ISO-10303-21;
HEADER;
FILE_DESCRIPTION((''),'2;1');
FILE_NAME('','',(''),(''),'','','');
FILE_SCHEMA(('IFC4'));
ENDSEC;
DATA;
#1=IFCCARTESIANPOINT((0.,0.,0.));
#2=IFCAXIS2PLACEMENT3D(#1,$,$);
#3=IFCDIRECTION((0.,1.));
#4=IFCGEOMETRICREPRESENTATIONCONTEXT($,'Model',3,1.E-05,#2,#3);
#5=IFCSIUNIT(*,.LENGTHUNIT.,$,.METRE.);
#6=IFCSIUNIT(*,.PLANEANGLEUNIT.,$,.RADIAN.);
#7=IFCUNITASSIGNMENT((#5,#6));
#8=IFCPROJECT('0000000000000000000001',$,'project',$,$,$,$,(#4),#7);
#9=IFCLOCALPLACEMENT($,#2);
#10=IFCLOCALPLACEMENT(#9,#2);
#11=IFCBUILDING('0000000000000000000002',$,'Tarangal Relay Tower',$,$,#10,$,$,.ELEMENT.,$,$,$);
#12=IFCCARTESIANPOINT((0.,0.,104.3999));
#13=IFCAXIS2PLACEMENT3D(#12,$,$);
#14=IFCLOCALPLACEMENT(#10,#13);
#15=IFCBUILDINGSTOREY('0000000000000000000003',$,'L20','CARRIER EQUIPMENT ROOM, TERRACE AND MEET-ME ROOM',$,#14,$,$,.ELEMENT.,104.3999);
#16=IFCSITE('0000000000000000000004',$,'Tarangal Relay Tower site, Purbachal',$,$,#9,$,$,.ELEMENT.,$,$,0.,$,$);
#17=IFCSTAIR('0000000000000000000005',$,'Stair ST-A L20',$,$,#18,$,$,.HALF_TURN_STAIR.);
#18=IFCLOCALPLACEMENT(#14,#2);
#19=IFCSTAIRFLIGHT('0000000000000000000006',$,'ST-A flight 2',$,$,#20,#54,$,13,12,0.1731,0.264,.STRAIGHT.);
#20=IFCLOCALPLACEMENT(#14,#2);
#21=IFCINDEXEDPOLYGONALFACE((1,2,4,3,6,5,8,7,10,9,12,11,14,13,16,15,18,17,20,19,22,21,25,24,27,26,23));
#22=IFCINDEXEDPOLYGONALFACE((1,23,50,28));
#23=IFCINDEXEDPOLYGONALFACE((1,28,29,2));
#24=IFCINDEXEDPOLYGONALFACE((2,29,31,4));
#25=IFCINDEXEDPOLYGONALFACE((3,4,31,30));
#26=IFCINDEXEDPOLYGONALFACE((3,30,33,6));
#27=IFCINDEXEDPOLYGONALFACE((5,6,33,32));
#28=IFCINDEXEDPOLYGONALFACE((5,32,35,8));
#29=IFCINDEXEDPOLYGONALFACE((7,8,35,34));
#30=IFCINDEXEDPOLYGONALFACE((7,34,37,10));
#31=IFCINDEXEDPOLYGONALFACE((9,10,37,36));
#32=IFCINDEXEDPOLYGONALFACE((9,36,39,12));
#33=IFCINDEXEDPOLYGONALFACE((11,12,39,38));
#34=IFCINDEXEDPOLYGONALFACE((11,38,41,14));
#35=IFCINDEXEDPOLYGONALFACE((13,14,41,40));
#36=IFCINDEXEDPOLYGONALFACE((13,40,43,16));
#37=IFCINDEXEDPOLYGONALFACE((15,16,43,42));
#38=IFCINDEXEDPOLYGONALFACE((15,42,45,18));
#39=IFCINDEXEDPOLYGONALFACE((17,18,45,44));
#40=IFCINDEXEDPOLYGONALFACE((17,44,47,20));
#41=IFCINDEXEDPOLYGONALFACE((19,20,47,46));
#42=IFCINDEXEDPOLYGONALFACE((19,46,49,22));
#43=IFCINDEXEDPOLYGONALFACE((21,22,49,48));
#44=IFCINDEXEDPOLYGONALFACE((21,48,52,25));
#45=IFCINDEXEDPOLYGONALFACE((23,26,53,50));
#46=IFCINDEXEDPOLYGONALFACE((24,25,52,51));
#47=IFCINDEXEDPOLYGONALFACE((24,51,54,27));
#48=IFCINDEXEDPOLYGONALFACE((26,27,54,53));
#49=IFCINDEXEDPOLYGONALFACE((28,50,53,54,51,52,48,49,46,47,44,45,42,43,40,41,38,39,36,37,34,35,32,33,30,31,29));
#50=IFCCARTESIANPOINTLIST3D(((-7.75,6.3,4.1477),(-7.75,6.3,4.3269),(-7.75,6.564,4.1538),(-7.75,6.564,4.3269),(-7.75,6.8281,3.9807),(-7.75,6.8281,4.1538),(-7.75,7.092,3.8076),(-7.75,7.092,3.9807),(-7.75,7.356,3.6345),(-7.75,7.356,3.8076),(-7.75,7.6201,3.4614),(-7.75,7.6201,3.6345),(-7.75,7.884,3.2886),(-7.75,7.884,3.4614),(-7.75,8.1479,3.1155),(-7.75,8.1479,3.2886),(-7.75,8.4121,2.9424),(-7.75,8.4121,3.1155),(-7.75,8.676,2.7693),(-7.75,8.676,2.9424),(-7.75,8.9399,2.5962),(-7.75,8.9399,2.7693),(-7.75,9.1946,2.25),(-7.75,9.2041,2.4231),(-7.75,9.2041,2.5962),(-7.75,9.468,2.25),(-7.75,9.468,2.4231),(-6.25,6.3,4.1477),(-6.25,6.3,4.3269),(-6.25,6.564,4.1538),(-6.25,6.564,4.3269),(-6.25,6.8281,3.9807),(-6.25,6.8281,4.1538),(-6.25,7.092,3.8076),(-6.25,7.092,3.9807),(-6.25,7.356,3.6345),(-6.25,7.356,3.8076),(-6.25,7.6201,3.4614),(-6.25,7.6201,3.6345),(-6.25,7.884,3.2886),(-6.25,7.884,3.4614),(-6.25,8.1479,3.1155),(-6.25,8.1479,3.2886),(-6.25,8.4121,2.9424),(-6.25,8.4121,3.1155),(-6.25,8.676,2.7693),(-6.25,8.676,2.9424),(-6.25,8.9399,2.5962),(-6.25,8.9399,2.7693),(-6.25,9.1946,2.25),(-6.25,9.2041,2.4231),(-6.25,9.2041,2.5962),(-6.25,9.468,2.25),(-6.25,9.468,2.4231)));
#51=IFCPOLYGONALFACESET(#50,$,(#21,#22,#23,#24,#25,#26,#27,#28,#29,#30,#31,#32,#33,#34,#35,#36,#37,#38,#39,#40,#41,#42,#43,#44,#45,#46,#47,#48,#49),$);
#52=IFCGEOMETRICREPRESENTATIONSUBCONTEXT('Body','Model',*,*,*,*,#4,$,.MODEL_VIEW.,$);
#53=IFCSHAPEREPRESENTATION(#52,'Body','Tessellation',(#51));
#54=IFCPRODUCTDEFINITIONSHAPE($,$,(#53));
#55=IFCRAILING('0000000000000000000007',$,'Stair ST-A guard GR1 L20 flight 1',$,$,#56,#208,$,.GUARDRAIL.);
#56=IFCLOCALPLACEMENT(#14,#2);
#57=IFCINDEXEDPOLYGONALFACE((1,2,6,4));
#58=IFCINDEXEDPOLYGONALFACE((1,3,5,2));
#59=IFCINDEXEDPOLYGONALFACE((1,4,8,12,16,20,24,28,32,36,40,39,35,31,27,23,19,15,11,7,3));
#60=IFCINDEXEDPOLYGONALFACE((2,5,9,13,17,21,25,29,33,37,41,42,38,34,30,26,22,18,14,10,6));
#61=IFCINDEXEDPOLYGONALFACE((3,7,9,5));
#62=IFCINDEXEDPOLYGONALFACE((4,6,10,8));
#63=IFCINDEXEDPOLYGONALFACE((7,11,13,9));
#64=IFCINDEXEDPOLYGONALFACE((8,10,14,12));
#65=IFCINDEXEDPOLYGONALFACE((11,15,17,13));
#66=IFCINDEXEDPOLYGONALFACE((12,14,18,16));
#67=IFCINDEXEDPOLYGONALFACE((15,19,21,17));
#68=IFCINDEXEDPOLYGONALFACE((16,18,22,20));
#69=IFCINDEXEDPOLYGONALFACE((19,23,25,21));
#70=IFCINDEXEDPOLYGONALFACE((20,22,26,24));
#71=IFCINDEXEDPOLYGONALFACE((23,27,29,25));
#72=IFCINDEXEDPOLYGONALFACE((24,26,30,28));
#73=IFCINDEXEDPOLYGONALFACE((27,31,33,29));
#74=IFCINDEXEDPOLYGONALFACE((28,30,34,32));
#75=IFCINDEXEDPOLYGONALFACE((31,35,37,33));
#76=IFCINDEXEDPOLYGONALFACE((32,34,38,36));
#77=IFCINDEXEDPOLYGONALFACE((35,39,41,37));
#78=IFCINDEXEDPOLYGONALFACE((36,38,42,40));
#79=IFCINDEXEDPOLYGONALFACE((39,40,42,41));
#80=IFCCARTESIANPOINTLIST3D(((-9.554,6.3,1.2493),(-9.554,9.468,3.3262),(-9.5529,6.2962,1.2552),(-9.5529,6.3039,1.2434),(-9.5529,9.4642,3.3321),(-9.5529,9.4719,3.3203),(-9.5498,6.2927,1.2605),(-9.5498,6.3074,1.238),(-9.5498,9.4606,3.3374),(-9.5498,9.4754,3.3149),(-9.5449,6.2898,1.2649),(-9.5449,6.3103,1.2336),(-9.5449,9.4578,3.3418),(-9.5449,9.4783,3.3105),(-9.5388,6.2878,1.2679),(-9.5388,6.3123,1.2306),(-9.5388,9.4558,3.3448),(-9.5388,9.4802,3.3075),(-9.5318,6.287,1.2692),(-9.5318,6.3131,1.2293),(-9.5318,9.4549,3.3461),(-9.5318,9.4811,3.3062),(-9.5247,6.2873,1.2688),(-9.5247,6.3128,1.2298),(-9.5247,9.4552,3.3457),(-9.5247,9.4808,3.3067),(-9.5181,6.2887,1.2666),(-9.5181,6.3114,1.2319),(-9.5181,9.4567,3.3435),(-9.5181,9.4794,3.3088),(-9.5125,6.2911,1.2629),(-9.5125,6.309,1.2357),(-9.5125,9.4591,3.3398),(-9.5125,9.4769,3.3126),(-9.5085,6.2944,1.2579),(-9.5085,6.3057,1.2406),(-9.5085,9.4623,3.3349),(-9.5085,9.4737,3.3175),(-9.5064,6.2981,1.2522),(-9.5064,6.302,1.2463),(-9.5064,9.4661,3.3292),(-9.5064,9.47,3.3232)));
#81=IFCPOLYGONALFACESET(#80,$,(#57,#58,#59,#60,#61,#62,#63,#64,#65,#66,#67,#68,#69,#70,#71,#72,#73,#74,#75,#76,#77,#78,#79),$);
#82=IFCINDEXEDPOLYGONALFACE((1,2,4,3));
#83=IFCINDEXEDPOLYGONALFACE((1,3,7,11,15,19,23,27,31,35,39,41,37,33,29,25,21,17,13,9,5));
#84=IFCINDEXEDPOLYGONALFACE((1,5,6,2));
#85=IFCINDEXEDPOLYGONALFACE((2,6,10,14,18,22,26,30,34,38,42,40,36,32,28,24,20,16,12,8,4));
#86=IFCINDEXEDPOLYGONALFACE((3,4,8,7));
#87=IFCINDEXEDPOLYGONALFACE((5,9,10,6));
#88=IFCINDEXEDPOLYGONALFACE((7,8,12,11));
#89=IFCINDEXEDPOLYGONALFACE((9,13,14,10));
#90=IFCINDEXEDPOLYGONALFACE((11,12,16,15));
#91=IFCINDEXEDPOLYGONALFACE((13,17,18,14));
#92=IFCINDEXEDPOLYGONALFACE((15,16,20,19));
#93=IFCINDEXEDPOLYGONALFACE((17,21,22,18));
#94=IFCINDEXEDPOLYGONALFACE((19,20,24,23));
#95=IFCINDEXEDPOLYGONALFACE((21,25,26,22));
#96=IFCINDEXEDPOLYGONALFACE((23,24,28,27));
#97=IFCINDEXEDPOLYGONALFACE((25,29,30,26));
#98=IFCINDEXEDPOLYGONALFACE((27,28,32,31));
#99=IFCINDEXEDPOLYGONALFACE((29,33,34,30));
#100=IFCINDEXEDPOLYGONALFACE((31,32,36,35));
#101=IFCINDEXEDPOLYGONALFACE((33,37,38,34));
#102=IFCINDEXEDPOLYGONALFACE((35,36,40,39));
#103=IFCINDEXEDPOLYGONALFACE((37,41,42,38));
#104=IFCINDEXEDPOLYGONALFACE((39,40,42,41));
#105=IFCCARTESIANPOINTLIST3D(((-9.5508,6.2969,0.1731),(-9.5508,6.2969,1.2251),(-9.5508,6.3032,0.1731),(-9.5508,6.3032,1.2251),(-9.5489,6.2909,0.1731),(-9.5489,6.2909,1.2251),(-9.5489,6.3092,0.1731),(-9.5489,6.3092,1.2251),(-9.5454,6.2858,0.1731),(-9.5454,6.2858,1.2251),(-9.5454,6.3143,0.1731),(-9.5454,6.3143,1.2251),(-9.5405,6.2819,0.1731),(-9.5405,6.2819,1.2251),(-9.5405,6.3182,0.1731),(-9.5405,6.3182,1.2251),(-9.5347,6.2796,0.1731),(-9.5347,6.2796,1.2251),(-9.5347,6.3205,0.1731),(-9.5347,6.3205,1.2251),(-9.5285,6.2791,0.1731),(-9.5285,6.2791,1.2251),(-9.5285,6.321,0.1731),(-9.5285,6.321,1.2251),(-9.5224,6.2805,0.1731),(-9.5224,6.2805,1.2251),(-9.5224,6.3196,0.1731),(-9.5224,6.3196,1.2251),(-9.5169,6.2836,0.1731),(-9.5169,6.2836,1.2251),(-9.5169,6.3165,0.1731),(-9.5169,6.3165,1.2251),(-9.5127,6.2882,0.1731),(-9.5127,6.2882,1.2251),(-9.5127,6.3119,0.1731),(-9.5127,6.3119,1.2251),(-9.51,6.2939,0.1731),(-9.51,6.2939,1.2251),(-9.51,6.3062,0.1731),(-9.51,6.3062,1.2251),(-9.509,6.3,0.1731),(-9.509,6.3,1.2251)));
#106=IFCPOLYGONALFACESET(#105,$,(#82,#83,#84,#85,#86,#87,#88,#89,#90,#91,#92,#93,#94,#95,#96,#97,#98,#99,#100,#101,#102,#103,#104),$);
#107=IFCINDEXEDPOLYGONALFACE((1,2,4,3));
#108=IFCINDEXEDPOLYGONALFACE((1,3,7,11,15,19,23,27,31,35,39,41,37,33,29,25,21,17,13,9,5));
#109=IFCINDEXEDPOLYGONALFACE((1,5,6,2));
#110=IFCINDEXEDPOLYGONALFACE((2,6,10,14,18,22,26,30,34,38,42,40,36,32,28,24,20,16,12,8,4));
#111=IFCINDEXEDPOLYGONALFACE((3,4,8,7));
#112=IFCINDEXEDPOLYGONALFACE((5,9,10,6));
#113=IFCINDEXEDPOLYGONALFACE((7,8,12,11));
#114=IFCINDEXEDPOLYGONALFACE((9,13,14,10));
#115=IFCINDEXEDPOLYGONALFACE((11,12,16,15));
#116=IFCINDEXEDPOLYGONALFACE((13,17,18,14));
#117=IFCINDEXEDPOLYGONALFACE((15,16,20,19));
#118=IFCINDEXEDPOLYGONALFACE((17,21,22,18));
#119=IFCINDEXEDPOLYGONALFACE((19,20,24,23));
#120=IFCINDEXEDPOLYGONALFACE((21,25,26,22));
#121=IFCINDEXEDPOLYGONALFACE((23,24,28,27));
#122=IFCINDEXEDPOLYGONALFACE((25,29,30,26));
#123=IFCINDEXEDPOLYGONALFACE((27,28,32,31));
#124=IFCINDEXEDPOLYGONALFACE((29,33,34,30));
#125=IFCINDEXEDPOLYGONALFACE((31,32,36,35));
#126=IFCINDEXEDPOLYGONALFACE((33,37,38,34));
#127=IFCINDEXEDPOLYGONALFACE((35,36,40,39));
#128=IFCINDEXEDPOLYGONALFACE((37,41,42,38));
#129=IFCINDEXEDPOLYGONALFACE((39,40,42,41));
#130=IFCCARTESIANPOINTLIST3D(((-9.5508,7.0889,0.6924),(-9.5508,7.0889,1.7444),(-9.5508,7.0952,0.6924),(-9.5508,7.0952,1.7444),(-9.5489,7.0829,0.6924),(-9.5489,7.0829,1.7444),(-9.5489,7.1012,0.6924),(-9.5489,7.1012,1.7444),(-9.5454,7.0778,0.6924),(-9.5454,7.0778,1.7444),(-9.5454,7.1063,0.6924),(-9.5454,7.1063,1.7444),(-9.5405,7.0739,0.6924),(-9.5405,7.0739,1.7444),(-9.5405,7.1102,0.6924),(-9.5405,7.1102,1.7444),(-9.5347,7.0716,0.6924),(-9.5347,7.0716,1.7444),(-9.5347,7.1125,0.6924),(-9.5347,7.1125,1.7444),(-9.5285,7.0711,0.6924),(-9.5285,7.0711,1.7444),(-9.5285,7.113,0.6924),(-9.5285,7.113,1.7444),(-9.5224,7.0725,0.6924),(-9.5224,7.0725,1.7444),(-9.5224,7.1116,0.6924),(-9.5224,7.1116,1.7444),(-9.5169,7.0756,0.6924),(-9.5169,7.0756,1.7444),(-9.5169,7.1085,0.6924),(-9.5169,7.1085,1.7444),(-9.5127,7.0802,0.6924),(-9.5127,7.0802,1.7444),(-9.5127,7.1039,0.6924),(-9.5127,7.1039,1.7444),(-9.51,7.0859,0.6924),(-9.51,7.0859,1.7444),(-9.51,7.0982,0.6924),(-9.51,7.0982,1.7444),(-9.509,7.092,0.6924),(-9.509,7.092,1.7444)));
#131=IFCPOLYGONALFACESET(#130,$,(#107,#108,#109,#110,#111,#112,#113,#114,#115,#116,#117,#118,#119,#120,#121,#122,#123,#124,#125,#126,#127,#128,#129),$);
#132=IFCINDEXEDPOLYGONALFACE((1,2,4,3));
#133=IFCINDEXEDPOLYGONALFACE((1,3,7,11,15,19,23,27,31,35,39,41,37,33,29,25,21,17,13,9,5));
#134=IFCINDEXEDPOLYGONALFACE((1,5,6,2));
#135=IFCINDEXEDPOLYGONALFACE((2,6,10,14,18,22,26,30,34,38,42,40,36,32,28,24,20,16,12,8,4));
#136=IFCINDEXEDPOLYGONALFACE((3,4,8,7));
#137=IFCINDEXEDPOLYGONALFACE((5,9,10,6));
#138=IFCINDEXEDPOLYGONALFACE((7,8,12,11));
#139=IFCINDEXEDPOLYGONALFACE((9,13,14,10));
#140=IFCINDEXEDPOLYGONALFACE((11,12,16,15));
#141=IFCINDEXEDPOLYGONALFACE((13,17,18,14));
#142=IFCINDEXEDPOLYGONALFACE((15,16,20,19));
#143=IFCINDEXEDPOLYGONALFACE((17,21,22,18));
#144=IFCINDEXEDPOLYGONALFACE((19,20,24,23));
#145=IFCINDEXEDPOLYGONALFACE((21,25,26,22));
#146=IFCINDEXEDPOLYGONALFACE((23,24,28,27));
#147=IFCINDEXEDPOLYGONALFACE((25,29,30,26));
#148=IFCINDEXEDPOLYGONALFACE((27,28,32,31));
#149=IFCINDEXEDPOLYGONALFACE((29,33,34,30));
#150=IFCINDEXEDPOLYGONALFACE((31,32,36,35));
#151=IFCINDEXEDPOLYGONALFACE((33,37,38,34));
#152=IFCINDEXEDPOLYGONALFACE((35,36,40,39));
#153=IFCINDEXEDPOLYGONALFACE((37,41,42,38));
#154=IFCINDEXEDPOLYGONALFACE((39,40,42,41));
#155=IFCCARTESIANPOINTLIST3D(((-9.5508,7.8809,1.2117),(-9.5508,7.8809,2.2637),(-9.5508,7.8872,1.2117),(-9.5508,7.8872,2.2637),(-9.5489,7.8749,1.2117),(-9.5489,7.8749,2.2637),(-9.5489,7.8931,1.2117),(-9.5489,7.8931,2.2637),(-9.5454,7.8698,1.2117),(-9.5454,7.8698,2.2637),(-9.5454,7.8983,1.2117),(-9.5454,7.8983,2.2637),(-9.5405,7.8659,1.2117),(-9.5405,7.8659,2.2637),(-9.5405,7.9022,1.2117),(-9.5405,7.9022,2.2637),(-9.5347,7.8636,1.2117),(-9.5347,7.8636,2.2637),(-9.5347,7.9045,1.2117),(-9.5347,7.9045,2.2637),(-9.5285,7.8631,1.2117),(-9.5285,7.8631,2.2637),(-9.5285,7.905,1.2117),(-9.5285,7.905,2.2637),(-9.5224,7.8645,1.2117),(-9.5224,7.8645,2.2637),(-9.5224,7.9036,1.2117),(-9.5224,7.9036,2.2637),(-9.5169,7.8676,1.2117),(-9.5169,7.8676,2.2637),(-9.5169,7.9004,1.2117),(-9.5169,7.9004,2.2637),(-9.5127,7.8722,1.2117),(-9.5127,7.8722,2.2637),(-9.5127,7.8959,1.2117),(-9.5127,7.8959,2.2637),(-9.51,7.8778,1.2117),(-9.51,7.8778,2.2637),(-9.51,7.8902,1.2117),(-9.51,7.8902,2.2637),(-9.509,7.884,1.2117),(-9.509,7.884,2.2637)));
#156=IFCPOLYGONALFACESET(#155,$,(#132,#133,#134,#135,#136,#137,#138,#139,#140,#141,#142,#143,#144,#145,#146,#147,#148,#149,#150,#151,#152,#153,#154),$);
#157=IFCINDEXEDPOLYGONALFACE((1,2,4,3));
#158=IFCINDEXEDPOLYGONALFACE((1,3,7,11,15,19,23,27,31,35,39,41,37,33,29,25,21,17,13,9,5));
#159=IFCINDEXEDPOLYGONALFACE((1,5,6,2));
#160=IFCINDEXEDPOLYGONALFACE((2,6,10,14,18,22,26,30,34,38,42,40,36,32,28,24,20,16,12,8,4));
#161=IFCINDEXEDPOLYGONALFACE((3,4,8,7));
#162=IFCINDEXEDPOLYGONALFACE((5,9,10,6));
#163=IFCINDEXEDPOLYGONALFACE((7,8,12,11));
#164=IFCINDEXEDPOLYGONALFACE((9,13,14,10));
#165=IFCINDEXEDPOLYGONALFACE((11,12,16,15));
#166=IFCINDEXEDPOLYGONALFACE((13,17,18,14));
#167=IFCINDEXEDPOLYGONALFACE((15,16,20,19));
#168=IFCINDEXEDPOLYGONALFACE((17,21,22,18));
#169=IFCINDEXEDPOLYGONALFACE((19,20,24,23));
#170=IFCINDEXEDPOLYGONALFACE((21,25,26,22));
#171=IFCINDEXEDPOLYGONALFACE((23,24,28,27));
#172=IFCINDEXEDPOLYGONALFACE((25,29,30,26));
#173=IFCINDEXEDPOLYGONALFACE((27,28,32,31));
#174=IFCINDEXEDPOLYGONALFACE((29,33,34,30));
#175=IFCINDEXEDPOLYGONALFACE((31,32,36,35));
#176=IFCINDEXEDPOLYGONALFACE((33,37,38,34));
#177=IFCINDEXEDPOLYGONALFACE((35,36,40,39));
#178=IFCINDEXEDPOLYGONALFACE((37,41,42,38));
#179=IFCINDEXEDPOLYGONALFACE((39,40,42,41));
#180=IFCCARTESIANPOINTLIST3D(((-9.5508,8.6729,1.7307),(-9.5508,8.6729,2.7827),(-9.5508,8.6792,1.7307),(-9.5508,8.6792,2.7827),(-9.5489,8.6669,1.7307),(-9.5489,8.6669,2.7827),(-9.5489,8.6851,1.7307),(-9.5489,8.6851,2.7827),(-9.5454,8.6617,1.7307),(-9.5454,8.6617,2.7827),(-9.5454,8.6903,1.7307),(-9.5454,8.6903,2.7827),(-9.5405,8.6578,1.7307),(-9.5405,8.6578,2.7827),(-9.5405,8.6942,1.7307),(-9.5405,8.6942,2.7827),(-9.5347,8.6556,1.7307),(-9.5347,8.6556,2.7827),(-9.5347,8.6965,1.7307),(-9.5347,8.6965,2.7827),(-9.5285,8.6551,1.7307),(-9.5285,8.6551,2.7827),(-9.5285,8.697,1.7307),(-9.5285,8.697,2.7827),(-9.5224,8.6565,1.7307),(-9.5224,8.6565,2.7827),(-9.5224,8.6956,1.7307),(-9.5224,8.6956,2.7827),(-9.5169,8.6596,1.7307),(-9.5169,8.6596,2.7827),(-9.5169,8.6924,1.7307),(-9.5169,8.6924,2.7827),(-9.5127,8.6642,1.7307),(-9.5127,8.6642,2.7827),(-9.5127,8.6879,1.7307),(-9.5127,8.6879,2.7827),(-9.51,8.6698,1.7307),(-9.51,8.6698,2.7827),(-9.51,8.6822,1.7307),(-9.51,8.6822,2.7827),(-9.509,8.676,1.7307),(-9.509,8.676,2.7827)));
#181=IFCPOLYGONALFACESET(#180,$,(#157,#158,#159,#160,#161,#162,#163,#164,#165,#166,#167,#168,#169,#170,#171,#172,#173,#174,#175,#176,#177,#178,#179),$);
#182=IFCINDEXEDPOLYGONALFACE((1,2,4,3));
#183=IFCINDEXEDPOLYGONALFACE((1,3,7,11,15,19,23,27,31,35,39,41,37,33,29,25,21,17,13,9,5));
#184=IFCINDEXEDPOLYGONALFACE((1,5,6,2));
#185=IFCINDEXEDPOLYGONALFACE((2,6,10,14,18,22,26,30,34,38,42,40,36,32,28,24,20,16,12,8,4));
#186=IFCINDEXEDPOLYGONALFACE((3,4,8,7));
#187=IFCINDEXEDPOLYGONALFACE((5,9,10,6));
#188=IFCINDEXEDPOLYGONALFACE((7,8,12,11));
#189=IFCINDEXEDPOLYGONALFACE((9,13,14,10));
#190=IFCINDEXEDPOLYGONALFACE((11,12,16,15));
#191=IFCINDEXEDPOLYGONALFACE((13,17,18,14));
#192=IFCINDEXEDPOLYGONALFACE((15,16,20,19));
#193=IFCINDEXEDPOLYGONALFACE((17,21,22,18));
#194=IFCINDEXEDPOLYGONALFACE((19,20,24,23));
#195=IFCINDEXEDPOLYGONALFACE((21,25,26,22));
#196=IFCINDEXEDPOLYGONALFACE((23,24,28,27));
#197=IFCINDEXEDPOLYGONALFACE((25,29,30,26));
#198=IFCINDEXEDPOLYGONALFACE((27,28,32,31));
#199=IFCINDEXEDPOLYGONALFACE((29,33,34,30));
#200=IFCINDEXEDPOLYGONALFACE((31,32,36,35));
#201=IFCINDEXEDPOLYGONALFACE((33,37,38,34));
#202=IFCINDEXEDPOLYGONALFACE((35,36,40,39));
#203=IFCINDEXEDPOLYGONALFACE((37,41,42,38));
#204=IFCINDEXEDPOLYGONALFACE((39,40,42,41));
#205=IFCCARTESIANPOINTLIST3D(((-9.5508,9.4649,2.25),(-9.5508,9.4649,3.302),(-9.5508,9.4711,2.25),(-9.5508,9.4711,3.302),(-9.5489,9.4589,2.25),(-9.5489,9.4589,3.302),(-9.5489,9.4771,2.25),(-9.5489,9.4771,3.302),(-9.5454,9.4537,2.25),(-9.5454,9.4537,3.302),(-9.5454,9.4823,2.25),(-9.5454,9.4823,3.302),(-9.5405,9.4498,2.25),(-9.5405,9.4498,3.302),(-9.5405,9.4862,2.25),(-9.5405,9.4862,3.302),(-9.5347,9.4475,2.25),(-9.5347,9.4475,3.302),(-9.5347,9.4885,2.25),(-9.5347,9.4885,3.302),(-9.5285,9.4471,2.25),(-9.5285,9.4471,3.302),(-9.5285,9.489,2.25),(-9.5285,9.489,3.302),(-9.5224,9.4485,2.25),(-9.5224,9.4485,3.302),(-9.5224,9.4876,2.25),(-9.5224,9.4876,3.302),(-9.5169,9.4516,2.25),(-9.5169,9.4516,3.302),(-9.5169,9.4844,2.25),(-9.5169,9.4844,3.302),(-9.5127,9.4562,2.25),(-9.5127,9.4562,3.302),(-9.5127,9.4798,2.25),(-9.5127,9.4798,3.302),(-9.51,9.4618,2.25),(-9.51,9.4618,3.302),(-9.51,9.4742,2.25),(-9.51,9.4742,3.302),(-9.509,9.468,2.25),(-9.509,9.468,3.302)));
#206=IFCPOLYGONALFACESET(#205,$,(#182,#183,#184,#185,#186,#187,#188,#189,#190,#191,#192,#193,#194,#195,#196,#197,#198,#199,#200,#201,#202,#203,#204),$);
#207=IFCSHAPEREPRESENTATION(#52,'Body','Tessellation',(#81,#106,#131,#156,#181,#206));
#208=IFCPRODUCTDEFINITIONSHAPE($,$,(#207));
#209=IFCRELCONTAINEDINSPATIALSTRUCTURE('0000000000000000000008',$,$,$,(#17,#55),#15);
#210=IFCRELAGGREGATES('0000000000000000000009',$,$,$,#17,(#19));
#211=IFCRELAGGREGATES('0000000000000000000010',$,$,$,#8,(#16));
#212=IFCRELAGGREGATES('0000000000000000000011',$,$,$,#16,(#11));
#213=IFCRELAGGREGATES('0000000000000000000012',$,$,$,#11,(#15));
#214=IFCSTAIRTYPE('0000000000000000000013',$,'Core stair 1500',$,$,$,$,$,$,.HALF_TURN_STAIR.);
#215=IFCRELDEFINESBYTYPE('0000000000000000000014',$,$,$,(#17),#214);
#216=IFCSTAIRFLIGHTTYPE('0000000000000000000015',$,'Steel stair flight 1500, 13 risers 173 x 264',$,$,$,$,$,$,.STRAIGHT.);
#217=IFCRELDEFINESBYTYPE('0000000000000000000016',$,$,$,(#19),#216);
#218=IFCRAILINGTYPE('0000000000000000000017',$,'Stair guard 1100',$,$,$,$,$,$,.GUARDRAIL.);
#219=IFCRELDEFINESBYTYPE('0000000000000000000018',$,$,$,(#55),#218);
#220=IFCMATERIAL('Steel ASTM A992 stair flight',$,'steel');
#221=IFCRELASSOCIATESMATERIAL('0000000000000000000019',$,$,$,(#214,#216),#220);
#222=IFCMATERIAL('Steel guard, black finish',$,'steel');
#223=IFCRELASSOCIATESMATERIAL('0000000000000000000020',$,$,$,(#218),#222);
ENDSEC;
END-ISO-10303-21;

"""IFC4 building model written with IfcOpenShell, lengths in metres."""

from ifc_helpers import new_model, si_unit, direction, frame, origin, origin_2d, place, context, subcontext, project, spatial, polyline, circle, outline, extrude, material, type_object, element, aggregate, save


model = new_model("IFC4")

# Units and contexts
model_context = context("Model", 3, precision=1e-05, world=origin(), true_north=direction((0.0, 1.0)))
body_context = subcontext(model_context, "Body", "Model", "MODEL_VIEW")
ifc_project = project(units=[si_unit("LENGTHUNIT", "METRE"), si_unit("PLANEANGLEUNIT", "RADIAN")], contexts=[model_context])

# Site, building, storey
site_placement = place(None, origin())
site = spatial("IfcSite", under=ifc_project, at=site_placement, Name="Tarangal Relay Tower site, Purbachal", CompositionType="ELEMENT", RefElevation=0.0)
building_placement = place(site_placement, origin())
building = spatial("IfcBuilding", under=site, at=building_placement, Name="Tarangal Relay Tower", CompositionType="ELEMENT")
storey_placement = place(building_placement, frame((0.0, 0.0, 104.3999)))
storey = spatial("IfcBuildingStorey", under=building, at=storey_placement, Name="L20", Description="CARRIER EQUIPMENT ROOM, TERRACE AND MEET-ME ROOM", CompositionType="ELEMENT", Elevation=104.3999)

# Stair, stair flight
ifc_material_1 = material(Name="Steel ASTM A992 stair flight", Category="steel")
stair_type = type_object("IfcStairType", Name="Core stair 1500", PredefinedType="HALF_TURN_STAIR", material=ifc_material_1)
stair_placement = place(storey_placement, origin())
stair = element("IfcStair", 1, at=stair_placement, inside=storey, type_object=stair_type, Name="Stair ST-A L20", PredefinedType="HALF_TURN_STAIR")
stair_flight_type = type_object("IfcStairFlightType", Name="Steel stair flight 1500, 13 risers 173 x 264", PredefinedType="STRAIGHT", material=ifc_material_1)
stair_flight_1_placement = place(storey_placement, frame((-7.0, 9.468, 2.25), z_axis=(0.0, 0.0, 1.0), x_axis=(0.0, -1.0, 0.0)))
stair_flight_1 = element("IfcStairFlight", 2, at=stair_flight_1_placement, type_object=stair_flight_type, Name="ST-A flight 2", NumberOfRisers=13, NumberOfTreads=12, PredefinedType="STRAIGHT", RiserHeight=0.1731, TreadLength=0.264, context=body_context, shape_type="SweptSolid", body=[
    extrude(outline(polyline([(0.0, 0.0), (0.0, 0.1731), (0.2639, 0.1731), (0.2639, 0.3462), (0.5281, 0.3462), (0.5281, 0.5193), (0.792, 0.5193), (0.792, 0.6924), (1.0559, 0.6924), (1.0559, 0.8655), (1.3201, 0.8655), (1.3201, 1.0386), (1.584, 1.0386), (1.584, 1.2114), (1.8479, 1.2114), (1.8479, 1.3845), (2.1121, 1.3845), (2.1121, 1.5576), (2.376, 1.5576), (2.376, 1.7307), (2.6399, 1.7307), (2.6399, 1.9038), (2.9041, 1.9038), (2.9041, 2.0769), (3.168, 2.0769), (3.168, 2.25), (3.168, 1.8977), (0.2734, 0.0), (0.0, 0.0)])), frame((0.0, 0.75, 0.0), z_axis=(0.0, -1.0, 0.0), x_axis=(1.0, 0.0, 0.0)), (0.0, 0.0, 1.0), 1.5),
])
aggregate(stair, [stair_flight_1])

# Railing
ifc_material_2 = material(Name="Steel guard, black finish", Category="steel")
railing_type_1 = type_object("IfcRailingType", Name="Stair guard 1100", PredefinedType="GUARDRAIL", material=ifc_material_2)
railing_1_placement = place(storey_placement, frame((-9.53, 6.3, 0.1731)))
element("IfcRailing", 3, at=railing_1_placement, inside=storey, type_object=railing_type_1, Name="Stair ST-A guard GR1 L20 flight 1", PredefinedType="GUARDRAIL", context=body_context, shape_type="SweptSolid", body=[
    extrude(circle(Radius=0.0239, at=origin_2d()), frame((0.0, 0.0, 1.0762), z_axis=(0.0, 0.836299, 0.548273), x_axis=(-1.0, 0.0, 0.0)), (0.0, 0.0, 1.0), 3.7881),
    extrude(circle(Radius=0.021, at=origin_2d()), origin(), (0.0, 0.0, 1.0), 1.052),
    extrude(circle(Radius=0.021, at=origin_2d()), frame((0.0, 0.792, 0.5193)), (0.0, 0.0, 1.0), 1.052),
    extrude(circle(Radius=0.021, at=origin_2d()), frame((0.0, 1.584, 1.0386)), (0.0, 0.0, 1.0), 1.052),
    extrude(circle(Radius=0.021, at=origin_2d()), frame((0.0, 2.376, 1.5576)), (0.0, 0.0, 1.0), 1.052),
    extrude(circle(Radius=0.021, at=origin_2d()), frame((0.0, 3.168, 2.0769)), (0.0, 0.0, 1.0), 1.052),
])

save(model, "model.ifc")
